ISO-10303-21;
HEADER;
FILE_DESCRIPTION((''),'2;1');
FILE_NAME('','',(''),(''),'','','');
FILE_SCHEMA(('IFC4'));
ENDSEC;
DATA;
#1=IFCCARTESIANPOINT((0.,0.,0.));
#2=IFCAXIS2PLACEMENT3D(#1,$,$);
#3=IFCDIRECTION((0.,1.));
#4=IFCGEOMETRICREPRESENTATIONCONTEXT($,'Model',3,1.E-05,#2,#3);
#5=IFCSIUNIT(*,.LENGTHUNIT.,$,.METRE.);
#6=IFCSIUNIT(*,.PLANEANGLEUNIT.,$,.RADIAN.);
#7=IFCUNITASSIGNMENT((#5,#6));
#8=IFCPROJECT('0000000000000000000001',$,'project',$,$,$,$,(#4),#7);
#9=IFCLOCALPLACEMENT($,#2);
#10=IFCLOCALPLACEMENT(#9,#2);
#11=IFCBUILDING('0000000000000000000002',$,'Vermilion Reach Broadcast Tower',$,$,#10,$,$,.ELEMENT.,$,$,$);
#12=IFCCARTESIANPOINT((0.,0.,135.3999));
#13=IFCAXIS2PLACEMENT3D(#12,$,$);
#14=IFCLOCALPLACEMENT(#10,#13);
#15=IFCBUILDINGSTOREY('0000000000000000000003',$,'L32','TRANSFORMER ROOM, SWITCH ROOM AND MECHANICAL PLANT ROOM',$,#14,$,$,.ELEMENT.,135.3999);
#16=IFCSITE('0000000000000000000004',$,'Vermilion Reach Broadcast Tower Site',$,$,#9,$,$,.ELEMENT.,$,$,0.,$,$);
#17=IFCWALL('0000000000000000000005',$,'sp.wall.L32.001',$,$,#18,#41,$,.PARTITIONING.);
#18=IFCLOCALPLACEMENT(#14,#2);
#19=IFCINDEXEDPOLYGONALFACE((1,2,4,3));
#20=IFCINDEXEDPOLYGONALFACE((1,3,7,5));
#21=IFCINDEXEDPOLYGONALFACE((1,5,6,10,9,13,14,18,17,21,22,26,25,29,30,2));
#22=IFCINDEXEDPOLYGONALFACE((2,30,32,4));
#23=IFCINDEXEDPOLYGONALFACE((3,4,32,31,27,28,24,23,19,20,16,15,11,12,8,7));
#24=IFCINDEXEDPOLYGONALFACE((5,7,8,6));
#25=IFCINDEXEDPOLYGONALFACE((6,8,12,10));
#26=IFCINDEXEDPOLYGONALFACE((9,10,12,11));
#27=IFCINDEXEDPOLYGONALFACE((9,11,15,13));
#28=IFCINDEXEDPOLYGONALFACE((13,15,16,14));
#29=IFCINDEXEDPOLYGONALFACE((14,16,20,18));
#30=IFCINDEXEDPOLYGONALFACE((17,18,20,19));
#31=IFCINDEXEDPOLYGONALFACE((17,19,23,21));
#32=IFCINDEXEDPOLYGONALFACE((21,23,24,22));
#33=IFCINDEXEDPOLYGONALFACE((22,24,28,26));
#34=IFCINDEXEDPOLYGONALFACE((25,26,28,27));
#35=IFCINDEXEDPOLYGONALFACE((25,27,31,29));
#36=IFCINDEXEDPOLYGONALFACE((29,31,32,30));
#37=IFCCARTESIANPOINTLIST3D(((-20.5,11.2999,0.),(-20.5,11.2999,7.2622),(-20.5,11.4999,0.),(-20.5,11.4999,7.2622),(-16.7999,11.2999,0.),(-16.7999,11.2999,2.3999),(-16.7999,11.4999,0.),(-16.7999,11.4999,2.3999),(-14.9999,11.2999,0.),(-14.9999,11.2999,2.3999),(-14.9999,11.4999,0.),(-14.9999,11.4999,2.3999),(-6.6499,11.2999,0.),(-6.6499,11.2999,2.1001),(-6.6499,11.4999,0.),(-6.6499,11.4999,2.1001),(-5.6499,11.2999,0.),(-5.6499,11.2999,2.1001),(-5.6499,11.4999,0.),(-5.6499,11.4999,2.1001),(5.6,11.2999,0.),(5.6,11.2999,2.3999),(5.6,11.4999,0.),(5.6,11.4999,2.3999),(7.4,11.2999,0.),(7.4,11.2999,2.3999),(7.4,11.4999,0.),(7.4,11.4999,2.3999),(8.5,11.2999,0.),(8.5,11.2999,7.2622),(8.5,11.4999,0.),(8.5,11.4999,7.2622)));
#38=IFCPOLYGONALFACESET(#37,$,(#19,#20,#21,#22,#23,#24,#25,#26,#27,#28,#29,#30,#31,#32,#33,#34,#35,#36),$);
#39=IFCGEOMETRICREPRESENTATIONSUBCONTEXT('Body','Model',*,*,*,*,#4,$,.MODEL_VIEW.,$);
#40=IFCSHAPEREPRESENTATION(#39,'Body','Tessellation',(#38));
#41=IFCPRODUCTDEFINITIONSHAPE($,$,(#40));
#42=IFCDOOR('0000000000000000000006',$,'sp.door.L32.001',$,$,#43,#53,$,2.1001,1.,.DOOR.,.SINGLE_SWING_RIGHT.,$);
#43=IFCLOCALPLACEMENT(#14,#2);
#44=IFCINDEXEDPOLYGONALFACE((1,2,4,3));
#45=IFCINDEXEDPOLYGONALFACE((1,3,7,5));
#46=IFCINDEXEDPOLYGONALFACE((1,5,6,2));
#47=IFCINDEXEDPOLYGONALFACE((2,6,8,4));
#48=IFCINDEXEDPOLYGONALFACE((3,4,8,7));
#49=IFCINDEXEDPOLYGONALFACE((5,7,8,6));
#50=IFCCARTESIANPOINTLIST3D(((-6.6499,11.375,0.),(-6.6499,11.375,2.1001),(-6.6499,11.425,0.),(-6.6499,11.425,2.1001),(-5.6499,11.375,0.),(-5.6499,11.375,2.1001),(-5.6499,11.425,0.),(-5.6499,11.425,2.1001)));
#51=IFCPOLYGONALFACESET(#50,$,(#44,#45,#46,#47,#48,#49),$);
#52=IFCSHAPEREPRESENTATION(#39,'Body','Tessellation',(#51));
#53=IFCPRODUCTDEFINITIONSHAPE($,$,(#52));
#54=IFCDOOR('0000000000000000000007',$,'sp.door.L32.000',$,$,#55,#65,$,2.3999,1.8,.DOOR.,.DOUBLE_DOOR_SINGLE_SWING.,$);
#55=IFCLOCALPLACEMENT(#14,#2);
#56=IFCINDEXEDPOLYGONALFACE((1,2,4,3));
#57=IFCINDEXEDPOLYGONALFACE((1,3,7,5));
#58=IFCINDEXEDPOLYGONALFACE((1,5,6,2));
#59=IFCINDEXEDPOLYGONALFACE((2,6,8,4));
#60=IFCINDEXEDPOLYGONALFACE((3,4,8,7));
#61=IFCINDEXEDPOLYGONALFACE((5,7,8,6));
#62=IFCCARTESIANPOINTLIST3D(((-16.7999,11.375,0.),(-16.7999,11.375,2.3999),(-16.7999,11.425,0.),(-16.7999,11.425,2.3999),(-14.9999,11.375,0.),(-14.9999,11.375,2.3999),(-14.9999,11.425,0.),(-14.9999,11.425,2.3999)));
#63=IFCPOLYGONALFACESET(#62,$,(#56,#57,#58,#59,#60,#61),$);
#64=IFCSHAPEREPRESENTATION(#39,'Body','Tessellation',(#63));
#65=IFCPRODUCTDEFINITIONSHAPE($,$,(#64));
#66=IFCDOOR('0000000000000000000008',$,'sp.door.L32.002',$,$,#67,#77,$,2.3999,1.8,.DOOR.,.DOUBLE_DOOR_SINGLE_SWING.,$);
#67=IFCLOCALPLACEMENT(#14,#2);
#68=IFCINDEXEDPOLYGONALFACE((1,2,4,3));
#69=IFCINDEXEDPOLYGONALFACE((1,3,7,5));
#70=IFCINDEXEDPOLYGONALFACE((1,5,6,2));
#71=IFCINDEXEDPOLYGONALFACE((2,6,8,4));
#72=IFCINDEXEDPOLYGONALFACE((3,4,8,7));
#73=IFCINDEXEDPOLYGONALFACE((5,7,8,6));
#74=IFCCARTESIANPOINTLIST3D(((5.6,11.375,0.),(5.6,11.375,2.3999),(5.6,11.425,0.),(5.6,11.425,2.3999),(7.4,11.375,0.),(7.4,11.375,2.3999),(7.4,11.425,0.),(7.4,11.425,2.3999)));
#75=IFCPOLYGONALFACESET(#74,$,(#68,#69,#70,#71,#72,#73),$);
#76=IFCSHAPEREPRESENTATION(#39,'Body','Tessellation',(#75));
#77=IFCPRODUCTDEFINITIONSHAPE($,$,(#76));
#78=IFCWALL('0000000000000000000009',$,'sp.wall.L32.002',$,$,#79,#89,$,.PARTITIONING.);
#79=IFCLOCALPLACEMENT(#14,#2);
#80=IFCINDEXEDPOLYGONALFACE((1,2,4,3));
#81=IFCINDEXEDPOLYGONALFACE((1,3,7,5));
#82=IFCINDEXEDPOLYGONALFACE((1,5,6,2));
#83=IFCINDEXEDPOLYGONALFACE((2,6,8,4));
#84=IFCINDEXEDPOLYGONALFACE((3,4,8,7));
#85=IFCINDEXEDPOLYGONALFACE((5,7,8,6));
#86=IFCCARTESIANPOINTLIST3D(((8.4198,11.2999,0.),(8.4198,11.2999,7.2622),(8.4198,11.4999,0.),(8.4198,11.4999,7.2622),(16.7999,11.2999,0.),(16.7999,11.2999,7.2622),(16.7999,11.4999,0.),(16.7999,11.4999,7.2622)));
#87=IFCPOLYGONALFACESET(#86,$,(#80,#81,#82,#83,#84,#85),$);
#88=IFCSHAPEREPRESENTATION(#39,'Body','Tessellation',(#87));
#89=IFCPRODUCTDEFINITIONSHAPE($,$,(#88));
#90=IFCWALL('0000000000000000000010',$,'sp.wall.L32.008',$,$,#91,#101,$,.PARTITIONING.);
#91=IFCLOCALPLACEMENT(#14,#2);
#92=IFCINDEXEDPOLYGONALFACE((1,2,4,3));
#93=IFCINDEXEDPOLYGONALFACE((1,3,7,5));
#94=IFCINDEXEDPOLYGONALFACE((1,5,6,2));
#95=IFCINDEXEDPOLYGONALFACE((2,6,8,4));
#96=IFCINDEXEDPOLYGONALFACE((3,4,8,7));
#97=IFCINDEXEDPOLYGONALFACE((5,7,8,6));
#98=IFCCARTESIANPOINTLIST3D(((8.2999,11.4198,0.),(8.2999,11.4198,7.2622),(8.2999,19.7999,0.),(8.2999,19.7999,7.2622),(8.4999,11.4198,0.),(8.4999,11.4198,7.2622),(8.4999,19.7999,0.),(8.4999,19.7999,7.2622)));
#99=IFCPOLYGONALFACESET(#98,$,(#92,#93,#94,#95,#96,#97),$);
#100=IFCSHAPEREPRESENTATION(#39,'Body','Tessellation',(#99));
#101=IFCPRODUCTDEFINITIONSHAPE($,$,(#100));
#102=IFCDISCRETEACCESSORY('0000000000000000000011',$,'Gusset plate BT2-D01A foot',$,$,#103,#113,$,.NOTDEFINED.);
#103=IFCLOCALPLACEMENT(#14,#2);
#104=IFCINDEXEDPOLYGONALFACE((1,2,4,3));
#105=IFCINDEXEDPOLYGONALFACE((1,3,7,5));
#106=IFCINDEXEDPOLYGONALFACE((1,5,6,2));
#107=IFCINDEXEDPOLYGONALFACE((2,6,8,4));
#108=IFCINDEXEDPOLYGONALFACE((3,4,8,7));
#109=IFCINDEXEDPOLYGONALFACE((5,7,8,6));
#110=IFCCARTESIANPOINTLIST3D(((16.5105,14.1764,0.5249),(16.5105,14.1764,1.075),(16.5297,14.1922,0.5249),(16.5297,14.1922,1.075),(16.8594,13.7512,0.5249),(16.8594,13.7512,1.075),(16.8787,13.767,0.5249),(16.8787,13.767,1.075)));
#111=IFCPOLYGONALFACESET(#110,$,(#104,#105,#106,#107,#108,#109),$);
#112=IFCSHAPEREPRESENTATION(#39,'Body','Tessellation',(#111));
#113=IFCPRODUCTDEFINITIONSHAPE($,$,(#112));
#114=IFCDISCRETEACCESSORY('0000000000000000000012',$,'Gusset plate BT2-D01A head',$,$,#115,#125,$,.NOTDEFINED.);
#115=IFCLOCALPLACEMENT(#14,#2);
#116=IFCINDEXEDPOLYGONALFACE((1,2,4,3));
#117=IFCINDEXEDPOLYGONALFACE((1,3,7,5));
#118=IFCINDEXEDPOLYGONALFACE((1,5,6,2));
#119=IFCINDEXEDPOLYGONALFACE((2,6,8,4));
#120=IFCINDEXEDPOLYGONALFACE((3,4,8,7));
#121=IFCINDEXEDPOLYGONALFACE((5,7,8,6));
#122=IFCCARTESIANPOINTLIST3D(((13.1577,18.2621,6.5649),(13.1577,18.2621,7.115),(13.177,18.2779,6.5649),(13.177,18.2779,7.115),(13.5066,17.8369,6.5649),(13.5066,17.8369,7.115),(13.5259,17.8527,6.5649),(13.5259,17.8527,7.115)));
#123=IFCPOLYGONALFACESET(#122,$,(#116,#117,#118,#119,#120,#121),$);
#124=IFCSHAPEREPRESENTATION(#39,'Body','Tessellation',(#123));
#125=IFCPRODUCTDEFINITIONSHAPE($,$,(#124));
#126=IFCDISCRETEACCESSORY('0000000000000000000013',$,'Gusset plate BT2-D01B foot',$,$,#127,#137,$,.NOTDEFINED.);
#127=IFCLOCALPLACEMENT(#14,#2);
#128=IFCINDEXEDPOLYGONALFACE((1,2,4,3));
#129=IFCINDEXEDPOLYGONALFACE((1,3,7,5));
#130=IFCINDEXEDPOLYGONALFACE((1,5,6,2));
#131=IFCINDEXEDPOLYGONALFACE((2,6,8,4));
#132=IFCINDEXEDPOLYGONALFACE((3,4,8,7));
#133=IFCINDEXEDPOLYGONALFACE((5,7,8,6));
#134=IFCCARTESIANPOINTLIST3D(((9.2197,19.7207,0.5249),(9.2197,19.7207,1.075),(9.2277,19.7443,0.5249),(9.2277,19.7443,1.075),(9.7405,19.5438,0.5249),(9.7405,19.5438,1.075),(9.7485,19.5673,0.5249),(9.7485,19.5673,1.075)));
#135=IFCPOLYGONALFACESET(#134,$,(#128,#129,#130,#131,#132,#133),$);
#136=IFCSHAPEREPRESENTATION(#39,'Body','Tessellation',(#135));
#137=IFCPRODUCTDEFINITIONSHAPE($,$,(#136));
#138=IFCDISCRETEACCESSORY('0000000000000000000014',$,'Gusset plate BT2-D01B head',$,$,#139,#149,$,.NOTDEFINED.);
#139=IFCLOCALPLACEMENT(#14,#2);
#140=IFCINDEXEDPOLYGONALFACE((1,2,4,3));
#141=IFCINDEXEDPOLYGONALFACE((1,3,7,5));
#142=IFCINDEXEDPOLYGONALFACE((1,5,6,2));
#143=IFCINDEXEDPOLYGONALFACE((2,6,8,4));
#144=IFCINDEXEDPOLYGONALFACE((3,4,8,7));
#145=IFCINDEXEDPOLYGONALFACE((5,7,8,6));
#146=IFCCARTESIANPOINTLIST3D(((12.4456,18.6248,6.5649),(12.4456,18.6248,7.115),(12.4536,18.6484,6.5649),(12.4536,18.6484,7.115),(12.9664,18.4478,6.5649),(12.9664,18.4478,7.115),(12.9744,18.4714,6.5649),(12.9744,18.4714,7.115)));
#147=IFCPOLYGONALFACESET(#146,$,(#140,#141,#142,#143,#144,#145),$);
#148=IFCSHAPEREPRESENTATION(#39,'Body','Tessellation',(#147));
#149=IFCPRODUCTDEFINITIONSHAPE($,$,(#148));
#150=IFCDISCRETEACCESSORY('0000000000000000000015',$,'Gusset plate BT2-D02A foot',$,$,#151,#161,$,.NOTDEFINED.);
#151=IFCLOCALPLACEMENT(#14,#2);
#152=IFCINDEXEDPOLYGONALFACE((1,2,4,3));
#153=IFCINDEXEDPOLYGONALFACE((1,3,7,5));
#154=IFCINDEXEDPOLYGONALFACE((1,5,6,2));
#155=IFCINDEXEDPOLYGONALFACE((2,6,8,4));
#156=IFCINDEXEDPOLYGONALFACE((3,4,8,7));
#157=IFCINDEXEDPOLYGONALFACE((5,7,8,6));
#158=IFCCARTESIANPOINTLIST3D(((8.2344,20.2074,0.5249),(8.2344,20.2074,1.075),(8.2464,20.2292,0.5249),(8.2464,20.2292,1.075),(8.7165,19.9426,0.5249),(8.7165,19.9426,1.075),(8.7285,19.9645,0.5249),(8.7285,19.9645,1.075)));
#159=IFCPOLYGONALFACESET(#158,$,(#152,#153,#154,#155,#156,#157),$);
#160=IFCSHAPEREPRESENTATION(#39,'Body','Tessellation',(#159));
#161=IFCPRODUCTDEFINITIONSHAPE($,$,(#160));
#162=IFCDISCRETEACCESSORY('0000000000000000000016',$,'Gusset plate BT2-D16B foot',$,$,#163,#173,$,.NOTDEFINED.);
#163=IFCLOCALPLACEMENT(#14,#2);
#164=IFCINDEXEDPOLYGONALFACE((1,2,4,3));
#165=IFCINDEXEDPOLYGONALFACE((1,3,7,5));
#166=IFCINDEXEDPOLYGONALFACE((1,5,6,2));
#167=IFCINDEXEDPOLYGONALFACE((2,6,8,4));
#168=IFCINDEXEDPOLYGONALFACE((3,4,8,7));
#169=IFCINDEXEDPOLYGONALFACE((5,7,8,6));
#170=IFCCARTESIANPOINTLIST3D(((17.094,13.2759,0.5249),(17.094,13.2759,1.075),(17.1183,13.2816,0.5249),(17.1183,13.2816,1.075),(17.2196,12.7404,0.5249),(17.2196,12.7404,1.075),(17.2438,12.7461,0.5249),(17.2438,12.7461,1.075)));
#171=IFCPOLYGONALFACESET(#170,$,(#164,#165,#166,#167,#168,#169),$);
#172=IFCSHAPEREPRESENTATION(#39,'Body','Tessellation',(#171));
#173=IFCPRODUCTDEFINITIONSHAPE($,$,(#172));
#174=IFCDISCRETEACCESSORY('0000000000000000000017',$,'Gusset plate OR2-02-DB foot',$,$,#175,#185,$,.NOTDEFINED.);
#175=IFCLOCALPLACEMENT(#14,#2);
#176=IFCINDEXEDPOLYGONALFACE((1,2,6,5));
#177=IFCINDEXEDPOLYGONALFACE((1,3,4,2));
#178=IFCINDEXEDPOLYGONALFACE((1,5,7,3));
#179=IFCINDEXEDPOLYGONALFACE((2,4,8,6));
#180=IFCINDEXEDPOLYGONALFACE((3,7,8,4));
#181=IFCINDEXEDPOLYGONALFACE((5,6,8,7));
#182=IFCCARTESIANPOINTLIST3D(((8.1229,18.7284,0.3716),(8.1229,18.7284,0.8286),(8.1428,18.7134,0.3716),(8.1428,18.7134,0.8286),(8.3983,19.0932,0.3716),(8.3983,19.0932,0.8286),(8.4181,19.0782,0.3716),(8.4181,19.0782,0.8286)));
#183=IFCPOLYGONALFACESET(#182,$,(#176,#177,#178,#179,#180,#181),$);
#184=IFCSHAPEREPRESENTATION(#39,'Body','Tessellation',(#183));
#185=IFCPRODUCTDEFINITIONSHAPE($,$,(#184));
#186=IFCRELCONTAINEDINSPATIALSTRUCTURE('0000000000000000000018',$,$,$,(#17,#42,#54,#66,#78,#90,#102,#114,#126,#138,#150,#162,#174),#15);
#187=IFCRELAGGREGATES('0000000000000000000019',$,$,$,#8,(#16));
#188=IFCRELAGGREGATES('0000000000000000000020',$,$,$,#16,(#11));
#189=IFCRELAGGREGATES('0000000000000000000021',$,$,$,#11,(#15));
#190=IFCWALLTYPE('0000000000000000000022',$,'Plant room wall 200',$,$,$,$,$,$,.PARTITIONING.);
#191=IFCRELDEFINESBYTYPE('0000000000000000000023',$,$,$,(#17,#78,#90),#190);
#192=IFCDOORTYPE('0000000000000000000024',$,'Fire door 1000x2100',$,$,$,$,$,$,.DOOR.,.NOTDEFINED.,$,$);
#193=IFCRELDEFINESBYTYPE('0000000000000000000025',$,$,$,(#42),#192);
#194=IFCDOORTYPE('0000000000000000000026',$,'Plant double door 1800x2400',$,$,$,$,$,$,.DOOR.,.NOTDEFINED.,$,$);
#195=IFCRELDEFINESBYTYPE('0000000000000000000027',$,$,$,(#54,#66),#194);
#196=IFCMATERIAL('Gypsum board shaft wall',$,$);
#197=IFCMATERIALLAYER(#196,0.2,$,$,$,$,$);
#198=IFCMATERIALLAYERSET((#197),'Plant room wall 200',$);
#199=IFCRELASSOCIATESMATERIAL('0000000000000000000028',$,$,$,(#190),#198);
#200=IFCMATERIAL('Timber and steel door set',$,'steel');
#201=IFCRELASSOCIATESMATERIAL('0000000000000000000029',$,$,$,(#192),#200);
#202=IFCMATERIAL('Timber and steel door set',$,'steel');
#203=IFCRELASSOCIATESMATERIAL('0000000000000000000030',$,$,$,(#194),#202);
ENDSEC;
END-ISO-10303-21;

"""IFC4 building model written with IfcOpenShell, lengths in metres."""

from ifc_helpers import new_model, si_unit, direction, frame, frame_2d, origin, origin_2d, place, context, subcontext, project, spatial, rectangle, extrude, material, layer, layer_set, type_object, element, fill, save


model = new_model("IFC4")

# Units and contexts
model_context = context("Model", 3, precision=1e-05, world=origin(), true_north=direction((0.0, 1.0)))
body_context = subcontext(model_context, "Body", "Model", "MODEL_VIEW")
ifc_project = project(units=[si_unit("LENGTHUNIT", "METRE"), si_unit("PLANEANGLEUNIT", "RADIAN")], contexts=[model_context])

# Site, building, storey
site_placement = place(None, origin())
site = spatial("IfcSite", under=ifc_project, at=site_placement, Name="Vermilion Reach Broadcast Tower Site", CompositionType="ELEMENT", RefElevation=0.0)
building_placement = place(site_placement, origin())
building = spatial("IfcBuilding", under=site, at=building_placement, Name="Vermilion Reach Broadcast Tower", CompositionType="ELEMENT")
storey_placement = place(building_placement, frame((0.0, 0.0, 135.3999)))
storey = spatial("IfcBuildingStorey", under=building, at=storey_placement, Name="L32", Description="TRANSFORMER ROOM, SWITCH ROOM AND MECHANICAL PLANT ROOM", CompositionType="ELEMENT", Elevation=135.3999)

# Wall, openings, doors
ifc_material_1 = material(Name="Gypsum board shaft wall")
ifc_layer = layer(ifc_material_1, 0.2)
ifc_layer_set = layer_set([ifc_layer], Name="Plant room wall 200")
wall_type = type_object("IfcWallType", Name="Plant room wall 200", PredefinedType="PARTITIONING", material=ifc_layer_set)
wall_placement = place(storey_placement, frame((8.5, 11.3999, 0.0), z_axis=(0.0, 0.0, 1.0), x_axis=(-1.0, 0.0, 0.0)))
wall = element("IfcWall", 1, at=wall_placement, inside=storey, type_object=wall_type, Name="sp.wall.L32.001", PredefinedType="PARTITIONING", context=body_context, shape_type="SweptSolid", body=[
    extrude(rectangle(XDim=29.0, YDim=0.2, at=frame_2d((14.5, 0.0))), origin(), (0.0, 0.0, 1.0), 7.2622),
])
opening_1_placement = place(wall_placement, frame((23.5, 0.0, 0.0)))
opening_1 = element("IfcOpeningElement", 2, at=opening_1_placement, cuts=wall, PredefinedType="OPENING", context=body_context, shape_type="SweptSolid", body=[
    extrude(rectangle(XDim=1.8, YDim=2.3999, at=frame_2d((0.8999, 1.2))), frame((0.0, 0.1099, 0.0), z_axis=(0.0, -1.0, 0.0), x_axis=(1.0, 0.0, 0.0)), (0.0, 0.0, 1.0), 0.22),
])
opening_2_placement = place(wall_placement, frame((14.1499, 0.0, 0.0)))
opening_2 = element("IfcOpeningElement", 3, at=opening_2_placement, cuts=wall, PredefinedType="OPENING", context=body_context, shape_type="SweptSolid", body=[
    extrude(rectangle(XDim=1.0, YDim=2.1001, at=frame_2d((0.5, 1.05))), frame((0.0, 0.1099, 0.0), z_axis=(0.0, -1.0, 0.0), x_axis=(1.0, 0.0, 0.0)), (0.0, 0.0, 1.0), 0.22),
])
opening_3_placement = place(wall_placement, frame((1.1001, 0.0, 0.0)))
opening_3 = element("IfcOpeningElement", 4, at=opening_3_placement, cuts=wall, PredefinedType="OPENING", context=body_context, shape_type="SweptSolid", body=[
    extrude(rectangle(XDim=1.8, YDim=2.3999, at=frame_2d((0.8999, 1.2))), frame((0.0, 0.1099, 0.0), z_axis=(0.0, -1.0, 0.0), x_axis=(1.0, 0.0, 0.0)), (0.0, 0.0, 1.0), 0.22),
])
ifc_material_2 = material(Name="Timber and steel door set", Category="steel")
door_type_1 = type_object("IfcDoorType", Name="Fire door 1000x2100", OperationType="NOTDEFINED", PredefinedType="DOOR", material=ifc_material_2)
door_1_placement = place(opening_2_placement, origin())
door_1 = element("IfcDoor", 5, at=door_1_placement, inside=storey, type_object=door_type_1, Name="sp.door.L32.001", OperationType="SINGLE_SWING_RIGHT", OverallHeight=2.1001, OverallWidth=1.0, PredefinedType="DOOR", context=body_context, shape_type="SweptSolid", body=[
    extrude(rectangle(XDim=1.0, YDim=2.1001, at=frame_2d((0.5, 1.05))), frame((0.0, 0.0249, 0.0), z_axis=(0.0, -1.0, 0.0), x_axis=(1.0, 0.0, 0.0)), (0.0, 0.0, 1.0), 0.05),
])
fill(opening_2, door_1)
ifc_material_3 = material(Name="Timber and steel door set", Category="steel")
door_type_2 = type_object("IfcDoorType", Name="Plant double door 1800x2400", OperationType="NOTDEFINED", PredefinedType="DOOR", material=ifc_material_3)
door_2_placement = place(opening_1_placement, origin())
door_2 = element("IfcDoor", 6, at=door_2_placement, inside=storey, type_object=door_type_2, Name="sp.door.L32.000", OperationType="DOUBLE_DOOR_SINGLE_SWING", OverallHeight=2.3999, OverallWidth=1.8, PredefinedType="DOOR", context=body_context, shape_type="SweptSolid", body=[
    extrude(rectangle(XDim=1.8, YDim=2.3999, at=frame_2d((0.8999, 1.2))), frame((0.0, 0.0249, 0.0), z_axis=(0.0, -1.0, 0.0), x_axis=(1.0, 0.0, 0.0)), (0.0, 0.0, 1.0), 0.05),
])
fill(opening_1, door_2)
door_3_placement = place(opening_3_placement, origin())
door_3 = element("IfcDoor", 7, at=door_3_placement, inside=storey, type_object=door_type_2, Name="sp.door.L32.002", OperationType="DOUBLE_DOOR_SINGLE_SWING", OverallHeight=2.3999, OverallWidth=1.8, PredefinedType="DOOR", context=body_context, shape_type="SweptSolid", body=[
    extrude(rectangle(XDim=1.8, YDim=2.3999, at=frame_2d((0.8999, 1.2))), frame((0.0, 0.0249, 0.0), z_axis=(0.0, -1.0, 0.0), x_axis=(1.0, 0.0, 0.0)), (0.0, 0.0, 1.0), 0.05),
])
fill(opening_3, door_3)

# Walls
for number, where, z_axis, x_axis, name in (
    (8, (8.4199, 11.3999, 0.0), (0.0, 0.0, 1.0), (1.0, 0.0, 0.0), "sp.wall.L32.002"),
    (9, (8.3999, 11.4199, 0.0), (0.0, 0.0, 1.0), (0.0, 1.0, 0.0), "sp.wall.L32.008"),
):
    element("IfcWall", number, at=place(storey_placement, frame(where, z_axis=z_axis, x_axis=x_axis)), inside=storey, type_object=wall_type, Name=name, PredefinedType="PARTITIONING", context=body_context, shape_type="SweptSolid", body=[
        extrude(rectangle(XDim=8.3801, YDim=0.2, at=frame_2d((4.1899, 0.0))), origin(), (0.0, 0.0, 1.0), 7.2622),
    ])

# Discrete accessories
for number, where, z_axis, x_axis, name in (
    (10, (16.6946, 13.9717, 0.5249), (0.0, 0.0, 1.0), (-0.773036, -0.634362, 0.0), "Gusset plate BT2-D01A foot"),
    (11, (13.3418, 18.0574, 6.5649), (0.0, 0.0, 1.0), (-0.773036, -0.634362, 0.0), "Gusset plate BT2-D01A head"),
    (12, (9.4841, 19.644, 0.5249), (0.0, 0.0, 1.0), (0.32174, 0.946828, 0.0), "Gusset plate BT2-D01B foot"),
    (13, (12.71, 18.5481, 6.5649), (0.0, 0.0, 1.0), (0.32174, 0.946828, 0.0), "Gusset plate BT2-D01B head"),
    (14, (8.4814, 20.0859, 0.5249), (0.0, 0.0, 1.0), (-0.481394, -0.876504, 0.0), "Gusset plate BT2-D02A foot"),
    (15, (17.1689, 13.011, 0.5249), (0.0, 0.0, 1.0), (0.973597, 0.228274, 0.0), "Gusset plate BT2-D16B foot"),
):
    element("IfcDiscreteAccessory", number, at=place(storey_placement, frame(where, z_axis=z_axis, x_axis=x_axis)), inside=storey, Name=name, PredefinedType="NOTDEFINED", context=body_context, shape_type="SweptSolid", body=[
        extrude(rectangle(XDim=0.0249, YDim=0.55, at=origin_2d()), origin(), (0.0, 0.0, 1.0), 0.55),
    ])
discrete_accessory_placement = place(storey_placement, frame((8.2705, 18.9033, 0.3716), z_axis=(0.0, 0.0, 1.0), x_axis=(-0.79811, 0.602512, 0.0)))
element("IfcDiscreteAccessory", 16, at=discrete_accessory_placement, inside=storey, Name="Gusset plate OR2-02-DB foot", PredefinedType="NOTDEFINED", context=body_context, shape_type="SweptSolid", body=[
    extrude(rectangle(XDim=0.0249, YDim=0.457, at=origin_2d()), origin(), (0.0, 0.0, 1.0), 0.457),
])

save(model, "model.ifc")
